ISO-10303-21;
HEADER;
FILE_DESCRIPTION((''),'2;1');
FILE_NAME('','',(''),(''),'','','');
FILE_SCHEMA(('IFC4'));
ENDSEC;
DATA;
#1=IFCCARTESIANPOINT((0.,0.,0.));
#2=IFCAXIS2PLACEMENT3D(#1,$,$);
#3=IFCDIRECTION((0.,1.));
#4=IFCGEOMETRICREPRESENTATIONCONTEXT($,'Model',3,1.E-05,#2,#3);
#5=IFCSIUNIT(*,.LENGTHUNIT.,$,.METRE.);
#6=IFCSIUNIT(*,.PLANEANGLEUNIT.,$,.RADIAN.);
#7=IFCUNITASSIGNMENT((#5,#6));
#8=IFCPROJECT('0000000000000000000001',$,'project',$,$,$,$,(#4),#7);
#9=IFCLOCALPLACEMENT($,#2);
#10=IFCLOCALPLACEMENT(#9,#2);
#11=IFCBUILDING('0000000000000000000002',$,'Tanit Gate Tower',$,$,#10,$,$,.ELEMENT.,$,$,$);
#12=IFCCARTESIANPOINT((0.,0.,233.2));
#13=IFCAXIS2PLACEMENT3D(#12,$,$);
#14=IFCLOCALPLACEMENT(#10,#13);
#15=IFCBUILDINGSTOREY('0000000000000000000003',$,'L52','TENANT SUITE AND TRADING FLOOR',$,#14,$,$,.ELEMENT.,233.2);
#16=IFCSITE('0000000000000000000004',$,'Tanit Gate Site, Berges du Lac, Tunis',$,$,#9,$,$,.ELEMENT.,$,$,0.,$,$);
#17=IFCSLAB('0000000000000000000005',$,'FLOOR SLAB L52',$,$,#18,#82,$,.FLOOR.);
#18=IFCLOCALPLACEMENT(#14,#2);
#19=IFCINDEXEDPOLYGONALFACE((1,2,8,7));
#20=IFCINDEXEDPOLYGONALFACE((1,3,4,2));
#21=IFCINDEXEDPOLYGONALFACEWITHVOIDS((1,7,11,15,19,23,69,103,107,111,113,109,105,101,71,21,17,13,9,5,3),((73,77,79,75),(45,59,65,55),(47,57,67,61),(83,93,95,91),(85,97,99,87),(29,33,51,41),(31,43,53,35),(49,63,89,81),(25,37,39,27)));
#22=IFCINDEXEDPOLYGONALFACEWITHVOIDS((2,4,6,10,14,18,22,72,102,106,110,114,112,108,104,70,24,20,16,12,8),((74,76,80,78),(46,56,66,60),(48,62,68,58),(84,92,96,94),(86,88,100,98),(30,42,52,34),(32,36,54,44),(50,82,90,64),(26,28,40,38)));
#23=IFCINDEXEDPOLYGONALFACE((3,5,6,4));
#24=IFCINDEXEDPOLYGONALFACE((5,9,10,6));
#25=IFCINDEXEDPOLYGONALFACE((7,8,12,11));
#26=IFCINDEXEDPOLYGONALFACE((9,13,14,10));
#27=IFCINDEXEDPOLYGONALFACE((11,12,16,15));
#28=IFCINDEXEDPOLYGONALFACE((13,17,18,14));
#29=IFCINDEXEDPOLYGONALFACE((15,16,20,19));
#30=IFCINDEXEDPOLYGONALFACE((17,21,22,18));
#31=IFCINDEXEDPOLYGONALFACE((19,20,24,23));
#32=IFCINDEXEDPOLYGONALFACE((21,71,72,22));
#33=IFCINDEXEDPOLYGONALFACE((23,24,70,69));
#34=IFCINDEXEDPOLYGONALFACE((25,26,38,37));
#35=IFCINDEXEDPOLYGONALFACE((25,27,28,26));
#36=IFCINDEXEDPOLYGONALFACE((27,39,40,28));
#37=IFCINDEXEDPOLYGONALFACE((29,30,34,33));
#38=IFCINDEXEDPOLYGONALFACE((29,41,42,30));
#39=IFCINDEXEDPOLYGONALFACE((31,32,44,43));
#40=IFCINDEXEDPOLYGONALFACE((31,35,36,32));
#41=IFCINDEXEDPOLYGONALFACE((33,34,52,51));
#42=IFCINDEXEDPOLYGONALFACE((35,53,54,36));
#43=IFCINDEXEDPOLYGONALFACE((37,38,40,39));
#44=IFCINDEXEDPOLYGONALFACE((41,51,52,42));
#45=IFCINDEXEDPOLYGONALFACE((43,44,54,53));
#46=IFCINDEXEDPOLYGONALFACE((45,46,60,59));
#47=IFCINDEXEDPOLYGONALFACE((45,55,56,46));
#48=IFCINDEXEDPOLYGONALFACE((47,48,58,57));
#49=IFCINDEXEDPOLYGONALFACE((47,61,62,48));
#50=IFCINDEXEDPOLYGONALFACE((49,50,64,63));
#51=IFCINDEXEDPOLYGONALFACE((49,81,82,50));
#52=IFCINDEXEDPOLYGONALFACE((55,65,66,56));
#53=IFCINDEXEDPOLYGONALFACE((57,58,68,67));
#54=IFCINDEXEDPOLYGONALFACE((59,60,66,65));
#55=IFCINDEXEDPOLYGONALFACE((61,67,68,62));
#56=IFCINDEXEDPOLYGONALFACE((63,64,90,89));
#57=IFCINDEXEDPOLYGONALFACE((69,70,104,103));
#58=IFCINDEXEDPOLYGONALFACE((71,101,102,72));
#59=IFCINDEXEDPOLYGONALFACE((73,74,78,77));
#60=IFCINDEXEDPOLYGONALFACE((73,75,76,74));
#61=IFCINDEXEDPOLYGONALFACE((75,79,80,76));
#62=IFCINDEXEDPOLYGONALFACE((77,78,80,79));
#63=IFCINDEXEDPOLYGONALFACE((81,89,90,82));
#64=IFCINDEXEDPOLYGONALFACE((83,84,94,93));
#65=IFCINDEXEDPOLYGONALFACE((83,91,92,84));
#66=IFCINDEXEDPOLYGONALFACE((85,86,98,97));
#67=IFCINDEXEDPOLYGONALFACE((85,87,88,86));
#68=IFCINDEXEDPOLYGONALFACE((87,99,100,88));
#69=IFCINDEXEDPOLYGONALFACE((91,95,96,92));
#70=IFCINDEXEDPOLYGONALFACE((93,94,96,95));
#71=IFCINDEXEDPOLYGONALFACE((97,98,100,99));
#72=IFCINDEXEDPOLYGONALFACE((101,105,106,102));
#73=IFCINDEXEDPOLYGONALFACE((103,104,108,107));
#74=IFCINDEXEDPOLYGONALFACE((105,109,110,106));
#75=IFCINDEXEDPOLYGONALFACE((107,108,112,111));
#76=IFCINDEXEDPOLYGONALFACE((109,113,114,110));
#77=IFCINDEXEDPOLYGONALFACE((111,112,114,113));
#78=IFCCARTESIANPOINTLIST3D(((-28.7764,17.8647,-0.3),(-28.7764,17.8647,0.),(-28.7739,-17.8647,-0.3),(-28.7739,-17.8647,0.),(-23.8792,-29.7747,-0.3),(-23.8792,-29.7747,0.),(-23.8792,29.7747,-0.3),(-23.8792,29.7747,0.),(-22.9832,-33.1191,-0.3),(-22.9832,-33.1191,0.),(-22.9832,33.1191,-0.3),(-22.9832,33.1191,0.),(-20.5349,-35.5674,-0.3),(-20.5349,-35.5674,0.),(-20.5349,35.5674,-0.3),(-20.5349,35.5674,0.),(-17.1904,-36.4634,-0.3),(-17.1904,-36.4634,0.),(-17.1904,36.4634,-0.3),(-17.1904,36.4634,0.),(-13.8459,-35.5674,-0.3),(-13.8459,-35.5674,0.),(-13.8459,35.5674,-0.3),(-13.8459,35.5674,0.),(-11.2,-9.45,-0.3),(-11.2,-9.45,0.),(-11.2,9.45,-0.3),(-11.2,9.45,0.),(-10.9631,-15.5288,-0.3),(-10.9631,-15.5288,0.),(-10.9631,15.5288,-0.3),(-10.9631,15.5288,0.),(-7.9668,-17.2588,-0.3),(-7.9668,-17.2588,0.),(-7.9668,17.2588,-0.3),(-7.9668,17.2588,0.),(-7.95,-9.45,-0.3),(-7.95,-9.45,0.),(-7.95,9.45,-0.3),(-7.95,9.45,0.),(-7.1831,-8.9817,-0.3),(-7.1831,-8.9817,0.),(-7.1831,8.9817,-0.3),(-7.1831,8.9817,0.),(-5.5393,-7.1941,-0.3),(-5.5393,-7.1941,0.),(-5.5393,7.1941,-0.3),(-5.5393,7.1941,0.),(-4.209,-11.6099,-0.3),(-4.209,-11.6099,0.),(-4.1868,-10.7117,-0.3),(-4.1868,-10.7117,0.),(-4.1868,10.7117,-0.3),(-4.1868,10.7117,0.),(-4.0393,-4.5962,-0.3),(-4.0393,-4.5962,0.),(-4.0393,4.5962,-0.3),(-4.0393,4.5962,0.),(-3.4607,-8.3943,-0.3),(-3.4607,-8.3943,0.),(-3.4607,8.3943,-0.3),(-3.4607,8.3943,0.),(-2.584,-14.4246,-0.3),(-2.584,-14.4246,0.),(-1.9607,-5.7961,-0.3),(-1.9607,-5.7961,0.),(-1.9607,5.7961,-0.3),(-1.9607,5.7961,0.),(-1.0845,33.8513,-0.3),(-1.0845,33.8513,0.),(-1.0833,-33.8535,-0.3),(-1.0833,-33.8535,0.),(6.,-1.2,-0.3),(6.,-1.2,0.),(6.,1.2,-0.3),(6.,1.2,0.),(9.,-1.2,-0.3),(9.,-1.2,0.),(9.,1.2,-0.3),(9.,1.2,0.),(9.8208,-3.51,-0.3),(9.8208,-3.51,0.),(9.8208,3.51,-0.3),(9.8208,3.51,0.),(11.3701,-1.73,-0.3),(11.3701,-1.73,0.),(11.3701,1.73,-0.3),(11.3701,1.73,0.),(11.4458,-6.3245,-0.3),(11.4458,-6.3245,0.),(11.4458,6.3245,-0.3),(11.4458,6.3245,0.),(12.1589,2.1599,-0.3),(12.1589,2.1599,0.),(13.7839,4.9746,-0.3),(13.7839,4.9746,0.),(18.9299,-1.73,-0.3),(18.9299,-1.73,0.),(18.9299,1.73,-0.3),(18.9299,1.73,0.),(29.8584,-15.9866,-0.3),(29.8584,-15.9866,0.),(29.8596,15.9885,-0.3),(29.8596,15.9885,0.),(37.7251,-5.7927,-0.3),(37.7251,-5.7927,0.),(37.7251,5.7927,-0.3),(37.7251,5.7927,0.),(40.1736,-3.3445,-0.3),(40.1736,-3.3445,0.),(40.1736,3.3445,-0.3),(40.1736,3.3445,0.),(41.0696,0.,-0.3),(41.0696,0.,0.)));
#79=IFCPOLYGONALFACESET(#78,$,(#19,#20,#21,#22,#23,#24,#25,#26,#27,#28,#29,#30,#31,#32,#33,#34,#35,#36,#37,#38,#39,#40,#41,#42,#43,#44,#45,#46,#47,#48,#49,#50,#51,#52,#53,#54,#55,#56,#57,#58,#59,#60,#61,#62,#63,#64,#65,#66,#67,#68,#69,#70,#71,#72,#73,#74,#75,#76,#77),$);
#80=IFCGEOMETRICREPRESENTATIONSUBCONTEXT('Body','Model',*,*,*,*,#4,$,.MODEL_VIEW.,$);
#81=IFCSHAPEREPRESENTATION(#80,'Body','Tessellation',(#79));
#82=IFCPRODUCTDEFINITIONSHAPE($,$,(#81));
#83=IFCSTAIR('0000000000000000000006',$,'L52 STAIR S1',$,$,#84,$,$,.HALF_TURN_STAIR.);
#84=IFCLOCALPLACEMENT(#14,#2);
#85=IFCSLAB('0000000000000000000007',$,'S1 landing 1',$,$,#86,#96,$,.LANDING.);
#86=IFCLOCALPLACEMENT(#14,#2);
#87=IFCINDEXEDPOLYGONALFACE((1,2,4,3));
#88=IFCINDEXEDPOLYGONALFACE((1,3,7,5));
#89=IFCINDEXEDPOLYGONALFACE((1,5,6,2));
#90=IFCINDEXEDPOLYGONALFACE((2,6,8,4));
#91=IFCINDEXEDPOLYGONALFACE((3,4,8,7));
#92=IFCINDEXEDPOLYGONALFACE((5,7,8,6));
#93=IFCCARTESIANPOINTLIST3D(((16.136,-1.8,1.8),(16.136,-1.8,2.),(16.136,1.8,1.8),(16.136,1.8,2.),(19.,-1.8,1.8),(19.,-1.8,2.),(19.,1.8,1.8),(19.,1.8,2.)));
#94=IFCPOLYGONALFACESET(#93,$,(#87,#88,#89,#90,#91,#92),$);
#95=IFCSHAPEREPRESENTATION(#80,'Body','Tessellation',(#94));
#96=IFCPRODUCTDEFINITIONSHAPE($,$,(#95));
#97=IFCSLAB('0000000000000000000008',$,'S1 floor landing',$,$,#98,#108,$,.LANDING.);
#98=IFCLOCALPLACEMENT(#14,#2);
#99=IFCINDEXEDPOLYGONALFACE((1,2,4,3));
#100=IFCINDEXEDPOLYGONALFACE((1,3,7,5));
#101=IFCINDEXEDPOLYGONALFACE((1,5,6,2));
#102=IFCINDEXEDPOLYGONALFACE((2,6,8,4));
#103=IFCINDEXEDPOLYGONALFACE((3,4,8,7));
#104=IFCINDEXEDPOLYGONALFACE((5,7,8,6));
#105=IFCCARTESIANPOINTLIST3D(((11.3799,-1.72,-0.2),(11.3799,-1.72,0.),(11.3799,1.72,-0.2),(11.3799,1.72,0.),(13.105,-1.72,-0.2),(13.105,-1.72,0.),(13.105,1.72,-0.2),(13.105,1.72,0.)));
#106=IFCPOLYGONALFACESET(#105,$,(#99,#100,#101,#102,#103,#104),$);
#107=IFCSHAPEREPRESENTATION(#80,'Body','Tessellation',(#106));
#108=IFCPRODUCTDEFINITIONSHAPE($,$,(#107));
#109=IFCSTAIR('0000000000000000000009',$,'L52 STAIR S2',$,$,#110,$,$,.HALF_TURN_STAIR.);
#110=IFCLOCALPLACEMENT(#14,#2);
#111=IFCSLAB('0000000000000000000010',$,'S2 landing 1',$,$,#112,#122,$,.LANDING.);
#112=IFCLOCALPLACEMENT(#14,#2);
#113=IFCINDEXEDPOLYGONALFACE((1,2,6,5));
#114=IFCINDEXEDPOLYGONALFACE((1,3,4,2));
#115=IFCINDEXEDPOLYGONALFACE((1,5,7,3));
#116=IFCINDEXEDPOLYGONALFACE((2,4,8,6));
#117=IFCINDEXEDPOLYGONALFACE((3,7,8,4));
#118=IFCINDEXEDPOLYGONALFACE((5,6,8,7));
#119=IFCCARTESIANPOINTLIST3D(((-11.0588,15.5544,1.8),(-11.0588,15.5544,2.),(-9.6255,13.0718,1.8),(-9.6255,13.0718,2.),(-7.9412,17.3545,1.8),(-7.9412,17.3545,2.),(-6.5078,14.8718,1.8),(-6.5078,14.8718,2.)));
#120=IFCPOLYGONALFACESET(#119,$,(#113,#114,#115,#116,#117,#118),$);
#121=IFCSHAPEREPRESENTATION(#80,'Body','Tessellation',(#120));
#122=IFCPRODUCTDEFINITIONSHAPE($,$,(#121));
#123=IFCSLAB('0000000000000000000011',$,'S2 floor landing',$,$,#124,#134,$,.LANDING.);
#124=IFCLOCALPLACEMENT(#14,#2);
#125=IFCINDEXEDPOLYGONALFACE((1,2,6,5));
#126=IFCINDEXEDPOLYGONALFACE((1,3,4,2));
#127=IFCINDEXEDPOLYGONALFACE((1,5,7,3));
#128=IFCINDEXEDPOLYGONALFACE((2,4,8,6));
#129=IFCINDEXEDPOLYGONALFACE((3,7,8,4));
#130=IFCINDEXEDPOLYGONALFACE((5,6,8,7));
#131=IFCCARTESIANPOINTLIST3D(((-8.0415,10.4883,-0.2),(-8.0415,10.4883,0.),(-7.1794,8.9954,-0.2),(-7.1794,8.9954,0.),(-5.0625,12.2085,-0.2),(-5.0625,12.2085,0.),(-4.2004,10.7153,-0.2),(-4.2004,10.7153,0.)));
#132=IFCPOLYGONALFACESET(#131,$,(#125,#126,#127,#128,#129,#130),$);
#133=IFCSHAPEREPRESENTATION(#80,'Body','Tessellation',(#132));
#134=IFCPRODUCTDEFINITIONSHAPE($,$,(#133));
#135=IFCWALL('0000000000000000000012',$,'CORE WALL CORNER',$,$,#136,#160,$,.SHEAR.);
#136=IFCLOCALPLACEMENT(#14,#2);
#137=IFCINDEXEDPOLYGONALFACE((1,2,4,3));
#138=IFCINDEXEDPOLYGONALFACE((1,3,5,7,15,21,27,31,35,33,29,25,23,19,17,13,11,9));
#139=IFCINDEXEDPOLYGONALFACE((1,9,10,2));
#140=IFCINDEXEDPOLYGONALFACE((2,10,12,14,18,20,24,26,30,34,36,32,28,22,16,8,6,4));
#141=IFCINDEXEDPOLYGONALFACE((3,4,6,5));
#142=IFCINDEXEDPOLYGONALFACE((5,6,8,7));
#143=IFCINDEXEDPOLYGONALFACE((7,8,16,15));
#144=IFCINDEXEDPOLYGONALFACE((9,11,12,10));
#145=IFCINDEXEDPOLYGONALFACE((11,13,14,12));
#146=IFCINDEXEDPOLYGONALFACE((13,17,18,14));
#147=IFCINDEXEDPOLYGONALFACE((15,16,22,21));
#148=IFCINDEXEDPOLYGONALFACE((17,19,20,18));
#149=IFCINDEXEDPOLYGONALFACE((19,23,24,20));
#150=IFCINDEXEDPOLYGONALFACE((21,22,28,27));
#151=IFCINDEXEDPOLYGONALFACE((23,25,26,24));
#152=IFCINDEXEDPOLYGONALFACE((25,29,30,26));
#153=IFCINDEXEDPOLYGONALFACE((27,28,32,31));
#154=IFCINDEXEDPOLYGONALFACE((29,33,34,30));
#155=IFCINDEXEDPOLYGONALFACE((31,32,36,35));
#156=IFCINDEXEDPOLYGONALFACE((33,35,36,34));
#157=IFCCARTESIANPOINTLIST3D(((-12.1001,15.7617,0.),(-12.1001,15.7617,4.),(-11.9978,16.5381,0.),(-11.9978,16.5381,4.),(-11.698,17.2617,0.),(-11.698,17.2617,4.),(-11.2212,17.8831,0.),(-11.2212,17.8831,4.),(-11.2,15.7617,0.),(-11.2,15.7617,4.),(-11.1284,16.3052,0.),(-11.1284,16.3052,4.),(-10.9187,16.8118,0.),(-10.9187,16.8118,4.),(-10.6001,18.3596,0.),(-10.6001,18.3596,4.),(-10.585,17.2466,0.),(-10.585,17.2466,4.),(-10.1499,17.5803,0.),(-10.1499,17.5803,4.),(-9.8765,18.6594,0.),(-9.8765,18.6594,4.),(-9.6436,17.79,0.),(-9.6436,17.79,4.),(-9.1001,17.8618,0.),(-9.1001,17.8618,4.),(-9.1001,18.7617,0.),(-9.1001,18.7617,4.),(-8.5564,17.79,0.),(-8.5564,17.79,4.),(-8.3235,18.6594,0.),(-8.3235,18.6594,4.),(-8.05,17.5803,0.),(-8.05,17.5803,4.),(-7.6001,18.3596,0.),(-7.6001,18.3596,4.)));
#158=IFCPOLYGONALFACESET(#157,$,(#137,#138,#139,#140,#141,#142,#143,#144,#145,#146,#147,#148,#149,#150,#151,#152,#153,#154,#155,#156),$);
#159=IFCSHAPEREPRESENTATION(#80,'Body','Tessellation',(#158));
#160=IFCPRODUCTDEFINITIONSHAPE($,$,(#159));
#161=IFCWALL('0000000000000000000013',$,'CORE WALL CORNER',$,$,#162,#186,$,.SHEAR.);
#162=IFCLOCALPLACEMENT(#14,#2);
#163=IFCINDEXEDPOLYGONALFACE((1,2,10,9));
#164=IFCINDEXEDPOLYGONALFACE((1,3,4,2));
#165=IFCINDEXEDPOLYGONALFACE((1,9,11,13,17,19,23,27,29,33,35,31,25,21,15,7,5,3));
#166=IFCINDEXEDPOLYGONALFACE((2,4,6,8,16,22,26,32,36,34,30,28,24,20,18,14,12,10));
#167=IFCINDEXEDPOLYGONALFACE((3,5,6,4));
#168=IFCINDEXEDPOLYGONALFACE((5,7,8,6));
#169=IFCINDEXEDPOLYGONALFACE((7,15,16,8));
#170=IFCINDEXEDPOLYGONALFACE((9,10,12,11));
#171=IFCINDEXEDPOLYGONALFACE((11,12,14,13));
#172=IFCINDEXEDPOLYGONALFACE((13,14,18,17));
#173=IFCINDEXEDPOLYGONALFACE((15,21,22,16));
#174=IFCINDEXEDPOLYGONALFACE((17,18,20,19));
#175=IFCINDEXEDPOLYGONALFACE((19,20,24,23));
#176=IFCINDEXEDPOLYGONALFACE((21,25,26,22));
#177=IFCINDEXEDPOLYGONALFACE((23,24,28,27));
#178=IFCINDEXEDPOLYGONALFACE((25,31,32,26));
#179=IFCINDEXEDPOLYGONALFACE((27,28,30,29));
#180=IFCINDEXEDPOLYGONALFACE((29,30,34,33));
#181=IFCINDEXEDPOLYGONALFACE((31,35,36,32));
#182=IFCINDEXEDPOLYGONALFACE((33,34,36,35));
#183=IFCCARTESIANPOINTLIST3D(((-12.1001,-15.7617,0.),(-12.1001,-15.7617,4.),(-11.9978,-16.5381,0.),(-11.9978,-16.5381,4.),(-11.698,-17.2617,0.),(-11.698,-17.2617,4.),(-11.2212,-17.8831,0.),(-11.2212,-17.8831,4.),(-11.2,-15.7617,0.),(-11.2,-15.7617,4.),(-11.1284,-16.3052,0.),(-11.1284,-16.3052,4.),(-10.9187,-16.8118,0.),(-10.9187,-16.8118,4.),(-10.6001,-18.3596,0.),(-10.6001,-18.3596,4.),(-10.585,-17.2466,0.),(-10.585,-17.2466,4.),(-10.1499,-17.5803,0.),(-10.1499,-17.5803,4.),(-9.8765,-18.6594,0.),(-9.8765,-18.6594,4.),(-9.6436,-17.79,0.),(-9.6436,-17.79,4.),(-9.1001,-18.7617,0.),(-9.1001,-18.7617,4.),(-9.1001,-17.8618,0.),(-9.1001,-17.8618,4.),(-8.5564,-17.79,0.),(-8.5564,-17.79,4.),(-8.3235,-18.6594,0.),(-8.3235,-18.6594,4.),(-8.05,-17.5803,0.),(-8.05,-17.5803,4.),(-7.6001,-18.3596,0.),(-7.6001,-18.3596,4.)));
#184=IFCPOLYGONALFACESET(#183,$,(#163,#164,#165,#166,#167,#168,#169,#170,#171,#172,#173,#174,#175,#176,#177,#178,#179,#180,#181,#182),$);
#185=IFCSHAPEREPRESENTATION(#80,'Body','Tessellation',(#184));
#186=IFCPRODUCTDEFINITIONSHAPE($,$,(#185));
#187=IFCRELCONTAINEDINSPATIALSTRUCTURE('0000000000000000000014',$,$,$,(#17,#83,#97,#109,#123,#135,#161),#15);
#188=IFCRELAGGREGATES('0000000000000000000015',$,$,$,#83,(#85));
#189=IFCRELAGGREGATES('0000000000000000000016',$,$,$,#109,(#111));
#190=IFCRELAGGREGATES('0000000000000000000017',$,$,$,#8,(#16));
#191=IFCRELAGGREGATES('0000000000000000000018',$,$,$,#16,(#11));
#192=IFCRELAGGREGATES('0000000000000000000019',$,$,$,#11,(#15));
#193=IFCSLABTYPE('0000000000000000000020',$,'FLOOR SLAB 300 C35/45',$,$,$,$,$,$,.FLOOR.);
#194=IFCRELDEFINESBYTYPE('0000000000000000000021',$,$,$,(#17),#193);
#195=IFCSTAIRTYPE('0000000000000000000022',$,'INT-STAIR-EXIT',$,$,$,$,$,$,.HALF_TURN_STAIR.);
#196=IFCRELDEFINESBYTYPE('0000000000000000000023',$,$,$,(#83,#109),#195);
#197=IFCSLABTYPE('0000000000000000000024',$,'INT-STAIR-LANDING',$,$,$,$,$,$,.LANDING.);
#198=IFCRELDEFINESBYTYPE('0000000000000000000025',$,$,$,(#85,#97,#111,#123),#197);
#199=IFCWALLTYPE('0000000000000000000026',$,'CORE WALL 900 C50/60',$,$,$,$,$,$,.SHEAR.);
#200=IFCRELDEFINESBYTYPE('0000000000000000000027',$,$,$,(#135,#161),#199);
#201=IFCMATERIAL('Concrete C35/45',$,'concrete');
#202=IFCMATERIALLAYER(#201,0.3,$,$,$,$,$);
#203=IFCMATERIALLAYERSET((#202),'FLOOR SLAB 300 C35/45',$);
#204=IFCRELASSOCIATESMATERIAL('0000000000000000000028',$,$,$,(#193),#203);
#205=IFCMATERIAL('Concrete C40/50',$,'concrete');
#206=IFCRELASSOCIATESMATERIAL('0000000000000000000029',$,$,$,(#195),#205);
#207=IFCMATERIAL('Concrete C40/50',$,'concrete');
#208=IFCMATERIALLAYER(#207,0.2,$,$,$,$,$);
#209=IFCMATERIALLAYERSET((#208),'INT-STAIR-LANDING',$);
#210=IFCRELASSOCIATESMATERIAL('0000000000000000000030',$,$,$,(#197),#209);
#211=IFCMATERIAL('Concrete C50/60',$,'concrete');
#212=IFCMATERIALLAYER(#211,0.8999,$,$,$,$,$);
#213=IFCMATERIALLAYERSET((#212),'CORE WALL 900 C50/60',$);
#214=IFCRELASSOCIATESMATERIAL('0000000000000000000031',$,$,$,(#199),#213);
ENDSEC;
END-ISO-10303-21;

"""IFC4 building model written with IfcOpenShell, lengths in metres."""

from ifc_helpers import new_model, si_unit, direction, frame, origin, place, context, subcontext, project, spatial, polyline, outline, extrude, material, layer, layer_set, type_object, element, aggregate, save


model = new_model("IFC4")

# Units and contexts
model_context = context("Model", 3, precision=1e-05, world=origin(), true_north=direction((0.0, 1.0)))
body_context = subcontext(model_context, "Body", "Model", "MODEL_VIEW")
ifc_project = project(units=[si_unit("LENGTHUNIT", "METRE"), si_unit("PLANEANGLEUNIT", "RADIAN")], contexts=[model_context])

# Site, building, storey
site_placement = place(None, origin())
site = spatial("IfcSite", under=ifc_project, at=site_placement, Name="Tanit Gate Site, Berges du Lac, Tunis", CompositionType="ELEMENT", RefElevation=0.0)
building_placement = place(site_placement, origin())
building = spatial("IfcBuilding", under=site, at=building_placement, Name="Tanit Gate Tower", CompositionType="ELEMENT")
storey_placement = place(building_placement, frame((0.0, 0.0, 233.2)))
storey = spatial("IfcBuildingStorey", under=building, at=storey_placement, Name="L52", Description="TENANT SUITE AND TRADING FLOOR", CompositionType="ELEMENT", Elevation=233.2)

# Slab
ifc_material_1 = material(Name="Concrete C35/45", Category="concrete")
ifc_layer_1 = layer(ifc_material_1, 0.3)
ifc_layer_set_1 = layer_set([ifc_layer_1], Name="FLOOR SLAB 300 C35/45")
slab_type_1 = type_object("IfcSlabType", Name="FLOOR SLAB 300 C35/45", PredefinedType="FLOOR", material=ifc_layer_set_1)
slab_1_placement = place(storey_placement, frame((0.0, 0.0, -0.3)))
element("IfcSlab", 1, at=slab_1_placement, inside=storey, type_object=slab_type_1, Name="FLOOR SLAB L52", PredefinedType="FLOOR", context=body_context, shape_type="SweptSolid", body=[
    extrude(outline(polyline([(37.7251, 5.7927), (40.1736, 3.3445), (41.0696, 0.0), (40.1736, -3.3445), (37.7251, -5.7927), (29.8584, -15.9866), (-1.0833, -33.8535), (-13.8459, -35.5674), (-17.1904, -36.4634), (-20.5349, -35.5674), (-22.9832, -33.1191), (-23.8792, -29.7747), (-28.7739, -17.8647), (-28.7764, 17.8647), (-23.8792, 29.7747), (-22.9832, 33.1191), (-20.5349, 35.5674), (-17.1904, 36.4634), (-13.8459, 35.5674), (-1.0845, 33.8513), (29.8596, 15.9885), (37.7251, 5.7927)]), holes=[polyline([(11.3701, 1.73), (18.9299, 1.73), (18.9299, -1.73), (11.3701, -1.73), (11.3701, 1.73)]), polyline([(9.8208, 3.51), (11.4458, 6.3245), (13.7839, 4.9746), (12.1589, 2.1599), (9.8208, 3.51)]), polyline([(-4.209, -11.6099), (9.8208, -3.51), (11.4458, -6.3245), (-2.584, -14.4246), (-4.209, -11.6099)]), polyline([(6.0, 1.2), (9.0, 1.2), (9.0, -1.2), (6.0, -1.2), (6.0, 1.2)]), polyline([(-5.5393, 7.1941), (-3.4607, 8.3943), (-1.9607, 5.7961), (-4.0393, 4.5962), (-5.5393, 7.1941)]), polyline([(-1.9607, -5.7961), (-3.4607, -8.3943), (-5.5393, -7.1941), (-4.0393, -4.5962), (-1.9607, -5.7961)]), polyline([(-10.9631, 15.5288), (-7.9668, 17.2588), (-4.1868, 10.7117), (-7.1831, 8.9817), (-10.9631, 15.5288)]), polyline([(-4.1868, -10.7117), (-7.9668, -17.2588), (-10.9631, -15.5288), (-7.1831, -8.9817), (-4.1868, -10.7117)]), polyline([(-11.2, -9.45), (-11.2, 9.45), (-7.95, 9.45), (-7.95, -9.45), (-11.2, -9.45)])]), origin(), (0.0, 0.0, 1.0), 0.3),
])

# Stair, slab
ifc_material_2 = material(Name="Concrete C40/50", Category="concrete")
stair_type = type_object("IfcStairType", Name="INT-STAIR-EXIT", PredefinedType="HALF_TURN_STAIR", material=ifc_material_2)
stair_1_placement = place(storey_placement, origin())
stair_1 = element("IfcStair", 2, at=stair_1_placement, inside=storey, type_object=stair_type, Name="L52 STAIR S1", PredefinedType="HALF_TURN_STAIR")
ifc_material_3 = material(Name="Concrete C40/50", Category="concrete")
ifc_layer_2 = layer(ifc_material_3, 0.2)
ifc_layer_set_2 = layer_set([ifc_layer_2], Name="INT-STAIR-LANDING")
slab_type_2 = type_object("IfcSlabType", Name="INT-STAIR-LANDING", PredefinedType="LANDING", material=ifc_layer_set_2)
slab_2_placement = place(storey_placement, frame((0.0, 0.0, 1.8)))
slab_2 = element("IfcSlab", 3, at=slab_2_placement, type_object=slab_type_2, Name="S1 landing 1", PredefinedType="LANDING", context=body_context, shape_type="SweptSolid", body=[
    extrude(outline(polyline([(16.136, -1.8), (19.0, -1.8), (19.0, 1.8), (16.136, 1.8), (16.136, -1.8)])), origin(), (0.0, 0.0, 1.0), 0.2),
])
aggregate(stair_1, [slab_2])

# Slab
slab_3_placement = place(storey_placement, frame((0.0, 0.0, -0.2)))
element("IfcSlab", 4, at=slab_3_placement, inside=storey, type_object=slab_type_2, Name="S1 floor landing", PredefinedType="LANDING", context=body_context, shape_type="SweptSolid", body=[
    extrude(outline(polyline([(11.3799, -1.72), (13.105, -1.72), (13.105, 1.72), (11.3799, 1.72), (11.3799, -1.72)])), origin(), (0.0, 0.0, 1.0), 0.2),
])

# Stair, slab
stair_2_placement = place(storey_placement, origin())
stair_2 = element("IfcStair", 5, at=stair_2_placement, inside=storey, type_object=stair_type, Name="L52 STAIR S2", PredefinedType="HALF_TURN_STAIR")
slab_4_placement = place(storey_placement, frame((0.0, 0.0, 1.8)))
slab_4 = element("IfcSlab", 6, at=slab_4_placement, type_object=slab_type_2, Name="S2 landing 1", PredefinedType="LANDING", context=body_context, shape_type="SweptSolid", body=[
    extrude(outline(polyline([(-6.5078, 14.8718), (-7.9412, 17.3545), (-11.0588, 15.5544), (-9.6255, 13.0718), (-6.5078, 14.8718)])), origin(), (0.0, 0.0, 1.0), 0.2),
])
aggregate(stair_2, [slab_4])

# Slab
slab_5_placement = place(storey_placement, frame((0.0, 0.0, -0.2)))
element("IfcSlab", 7, at=slab_5_placement, inside=storey, type_object=slab_type_2, Name="S2 floor landing", PredefinedType="LANDING", context=body_context, shape_type="SweptSolid", body=[
    extrude(outline(polyline([(-4.2004, 10.7153), (-5.0625, 12.2085), (-8.0415, 10.4883), (-7.1794, 8.9954), (-4.2004, 10.7153)])), origin(), (0.0, 0.0, 1.0), 0.2),
])

# Walls
ifc_material_4 = material(Name="Concrete C50/60", Category="concrete")
ifc_layer_3 = layer(ifc_material_4, 0.8999)
ifc_layer_set_3 = layer_set([ifc_layer_3], Name="CORE WALL 900 C50/60")
wall_type_1 = type_object("IfcWallType", Name="CORE WALL 900 C50/60", PredefinedType="SHEAR", material=ifc_layer_set_3)
wall_1_placement = place(storey_placement, origin())
element("IfcWall", 8, at=wall_1_placement, inside=storey, type_object=wall_type_1, Name="CORE WALL CORNER", PredefinedType="SHEAR", context=body_context, shape_type="SweptSolid", body=[
    extrude(outline(polyline([(-7.6001, 18.3596), (-8.3235, 18.6594), (-9.1001, 18.7617), (-9.8765, 18.6594), (-10.6001, 18.3596), (-11.2212, 17.8831), (-11.698, 17.2617), (-11.9978, 16.5381), (-12.1001, 15.7617), (-11.2, 15.7617), (-11.1284, 16.3052), (-10.9187, 16.8118), (-10.585, 17.2466), (-10.1499, 17.5803), (-9.6436, 17.79), (-9.1001, 17.8618), (-8.5564, 17.79), (-8.05, 17.5803), (-7.6001, 18.3596)])), origin(), (0.0, 0.0, 1.0), 4.0),
])
wall_2_placement = place(storey_placement, origin())
element("IfcWall", 9, at=wall_2_placement, inside=storey, type_object=wall_type_1, Name="CORE WALL CORNER", PredefinedType="SHEAR", context=body_context, shape_type="SweptSolid", body=[
    extrude(outline(polyline([(-12.1001, -15.7617), (-11.9978, -16.5381), (-11.698, -17.2617), (-11.2212, -17.8831), (-10.6001, -18.3596), (-9.8765, -18.6594), (-9.1001, -18.7617), (-8.3235, -18.6594), (-7.6001, -18.3596), (-8.05, -17.5803), (-8.5564, -17.79), (-9.1001, -17.8618), (-9.6436, -17.79), (-10.1499, -17.5803), (-10.585, -17.2466), (-10.9187, -16.8118), (-11.1284, -16.3052), (-11.2, -15.7617), (-12.1001, -15.7617)])), origin(), (0.0, 0.0, 1.0), 4.0),
])

save(model, "model.ifc")
